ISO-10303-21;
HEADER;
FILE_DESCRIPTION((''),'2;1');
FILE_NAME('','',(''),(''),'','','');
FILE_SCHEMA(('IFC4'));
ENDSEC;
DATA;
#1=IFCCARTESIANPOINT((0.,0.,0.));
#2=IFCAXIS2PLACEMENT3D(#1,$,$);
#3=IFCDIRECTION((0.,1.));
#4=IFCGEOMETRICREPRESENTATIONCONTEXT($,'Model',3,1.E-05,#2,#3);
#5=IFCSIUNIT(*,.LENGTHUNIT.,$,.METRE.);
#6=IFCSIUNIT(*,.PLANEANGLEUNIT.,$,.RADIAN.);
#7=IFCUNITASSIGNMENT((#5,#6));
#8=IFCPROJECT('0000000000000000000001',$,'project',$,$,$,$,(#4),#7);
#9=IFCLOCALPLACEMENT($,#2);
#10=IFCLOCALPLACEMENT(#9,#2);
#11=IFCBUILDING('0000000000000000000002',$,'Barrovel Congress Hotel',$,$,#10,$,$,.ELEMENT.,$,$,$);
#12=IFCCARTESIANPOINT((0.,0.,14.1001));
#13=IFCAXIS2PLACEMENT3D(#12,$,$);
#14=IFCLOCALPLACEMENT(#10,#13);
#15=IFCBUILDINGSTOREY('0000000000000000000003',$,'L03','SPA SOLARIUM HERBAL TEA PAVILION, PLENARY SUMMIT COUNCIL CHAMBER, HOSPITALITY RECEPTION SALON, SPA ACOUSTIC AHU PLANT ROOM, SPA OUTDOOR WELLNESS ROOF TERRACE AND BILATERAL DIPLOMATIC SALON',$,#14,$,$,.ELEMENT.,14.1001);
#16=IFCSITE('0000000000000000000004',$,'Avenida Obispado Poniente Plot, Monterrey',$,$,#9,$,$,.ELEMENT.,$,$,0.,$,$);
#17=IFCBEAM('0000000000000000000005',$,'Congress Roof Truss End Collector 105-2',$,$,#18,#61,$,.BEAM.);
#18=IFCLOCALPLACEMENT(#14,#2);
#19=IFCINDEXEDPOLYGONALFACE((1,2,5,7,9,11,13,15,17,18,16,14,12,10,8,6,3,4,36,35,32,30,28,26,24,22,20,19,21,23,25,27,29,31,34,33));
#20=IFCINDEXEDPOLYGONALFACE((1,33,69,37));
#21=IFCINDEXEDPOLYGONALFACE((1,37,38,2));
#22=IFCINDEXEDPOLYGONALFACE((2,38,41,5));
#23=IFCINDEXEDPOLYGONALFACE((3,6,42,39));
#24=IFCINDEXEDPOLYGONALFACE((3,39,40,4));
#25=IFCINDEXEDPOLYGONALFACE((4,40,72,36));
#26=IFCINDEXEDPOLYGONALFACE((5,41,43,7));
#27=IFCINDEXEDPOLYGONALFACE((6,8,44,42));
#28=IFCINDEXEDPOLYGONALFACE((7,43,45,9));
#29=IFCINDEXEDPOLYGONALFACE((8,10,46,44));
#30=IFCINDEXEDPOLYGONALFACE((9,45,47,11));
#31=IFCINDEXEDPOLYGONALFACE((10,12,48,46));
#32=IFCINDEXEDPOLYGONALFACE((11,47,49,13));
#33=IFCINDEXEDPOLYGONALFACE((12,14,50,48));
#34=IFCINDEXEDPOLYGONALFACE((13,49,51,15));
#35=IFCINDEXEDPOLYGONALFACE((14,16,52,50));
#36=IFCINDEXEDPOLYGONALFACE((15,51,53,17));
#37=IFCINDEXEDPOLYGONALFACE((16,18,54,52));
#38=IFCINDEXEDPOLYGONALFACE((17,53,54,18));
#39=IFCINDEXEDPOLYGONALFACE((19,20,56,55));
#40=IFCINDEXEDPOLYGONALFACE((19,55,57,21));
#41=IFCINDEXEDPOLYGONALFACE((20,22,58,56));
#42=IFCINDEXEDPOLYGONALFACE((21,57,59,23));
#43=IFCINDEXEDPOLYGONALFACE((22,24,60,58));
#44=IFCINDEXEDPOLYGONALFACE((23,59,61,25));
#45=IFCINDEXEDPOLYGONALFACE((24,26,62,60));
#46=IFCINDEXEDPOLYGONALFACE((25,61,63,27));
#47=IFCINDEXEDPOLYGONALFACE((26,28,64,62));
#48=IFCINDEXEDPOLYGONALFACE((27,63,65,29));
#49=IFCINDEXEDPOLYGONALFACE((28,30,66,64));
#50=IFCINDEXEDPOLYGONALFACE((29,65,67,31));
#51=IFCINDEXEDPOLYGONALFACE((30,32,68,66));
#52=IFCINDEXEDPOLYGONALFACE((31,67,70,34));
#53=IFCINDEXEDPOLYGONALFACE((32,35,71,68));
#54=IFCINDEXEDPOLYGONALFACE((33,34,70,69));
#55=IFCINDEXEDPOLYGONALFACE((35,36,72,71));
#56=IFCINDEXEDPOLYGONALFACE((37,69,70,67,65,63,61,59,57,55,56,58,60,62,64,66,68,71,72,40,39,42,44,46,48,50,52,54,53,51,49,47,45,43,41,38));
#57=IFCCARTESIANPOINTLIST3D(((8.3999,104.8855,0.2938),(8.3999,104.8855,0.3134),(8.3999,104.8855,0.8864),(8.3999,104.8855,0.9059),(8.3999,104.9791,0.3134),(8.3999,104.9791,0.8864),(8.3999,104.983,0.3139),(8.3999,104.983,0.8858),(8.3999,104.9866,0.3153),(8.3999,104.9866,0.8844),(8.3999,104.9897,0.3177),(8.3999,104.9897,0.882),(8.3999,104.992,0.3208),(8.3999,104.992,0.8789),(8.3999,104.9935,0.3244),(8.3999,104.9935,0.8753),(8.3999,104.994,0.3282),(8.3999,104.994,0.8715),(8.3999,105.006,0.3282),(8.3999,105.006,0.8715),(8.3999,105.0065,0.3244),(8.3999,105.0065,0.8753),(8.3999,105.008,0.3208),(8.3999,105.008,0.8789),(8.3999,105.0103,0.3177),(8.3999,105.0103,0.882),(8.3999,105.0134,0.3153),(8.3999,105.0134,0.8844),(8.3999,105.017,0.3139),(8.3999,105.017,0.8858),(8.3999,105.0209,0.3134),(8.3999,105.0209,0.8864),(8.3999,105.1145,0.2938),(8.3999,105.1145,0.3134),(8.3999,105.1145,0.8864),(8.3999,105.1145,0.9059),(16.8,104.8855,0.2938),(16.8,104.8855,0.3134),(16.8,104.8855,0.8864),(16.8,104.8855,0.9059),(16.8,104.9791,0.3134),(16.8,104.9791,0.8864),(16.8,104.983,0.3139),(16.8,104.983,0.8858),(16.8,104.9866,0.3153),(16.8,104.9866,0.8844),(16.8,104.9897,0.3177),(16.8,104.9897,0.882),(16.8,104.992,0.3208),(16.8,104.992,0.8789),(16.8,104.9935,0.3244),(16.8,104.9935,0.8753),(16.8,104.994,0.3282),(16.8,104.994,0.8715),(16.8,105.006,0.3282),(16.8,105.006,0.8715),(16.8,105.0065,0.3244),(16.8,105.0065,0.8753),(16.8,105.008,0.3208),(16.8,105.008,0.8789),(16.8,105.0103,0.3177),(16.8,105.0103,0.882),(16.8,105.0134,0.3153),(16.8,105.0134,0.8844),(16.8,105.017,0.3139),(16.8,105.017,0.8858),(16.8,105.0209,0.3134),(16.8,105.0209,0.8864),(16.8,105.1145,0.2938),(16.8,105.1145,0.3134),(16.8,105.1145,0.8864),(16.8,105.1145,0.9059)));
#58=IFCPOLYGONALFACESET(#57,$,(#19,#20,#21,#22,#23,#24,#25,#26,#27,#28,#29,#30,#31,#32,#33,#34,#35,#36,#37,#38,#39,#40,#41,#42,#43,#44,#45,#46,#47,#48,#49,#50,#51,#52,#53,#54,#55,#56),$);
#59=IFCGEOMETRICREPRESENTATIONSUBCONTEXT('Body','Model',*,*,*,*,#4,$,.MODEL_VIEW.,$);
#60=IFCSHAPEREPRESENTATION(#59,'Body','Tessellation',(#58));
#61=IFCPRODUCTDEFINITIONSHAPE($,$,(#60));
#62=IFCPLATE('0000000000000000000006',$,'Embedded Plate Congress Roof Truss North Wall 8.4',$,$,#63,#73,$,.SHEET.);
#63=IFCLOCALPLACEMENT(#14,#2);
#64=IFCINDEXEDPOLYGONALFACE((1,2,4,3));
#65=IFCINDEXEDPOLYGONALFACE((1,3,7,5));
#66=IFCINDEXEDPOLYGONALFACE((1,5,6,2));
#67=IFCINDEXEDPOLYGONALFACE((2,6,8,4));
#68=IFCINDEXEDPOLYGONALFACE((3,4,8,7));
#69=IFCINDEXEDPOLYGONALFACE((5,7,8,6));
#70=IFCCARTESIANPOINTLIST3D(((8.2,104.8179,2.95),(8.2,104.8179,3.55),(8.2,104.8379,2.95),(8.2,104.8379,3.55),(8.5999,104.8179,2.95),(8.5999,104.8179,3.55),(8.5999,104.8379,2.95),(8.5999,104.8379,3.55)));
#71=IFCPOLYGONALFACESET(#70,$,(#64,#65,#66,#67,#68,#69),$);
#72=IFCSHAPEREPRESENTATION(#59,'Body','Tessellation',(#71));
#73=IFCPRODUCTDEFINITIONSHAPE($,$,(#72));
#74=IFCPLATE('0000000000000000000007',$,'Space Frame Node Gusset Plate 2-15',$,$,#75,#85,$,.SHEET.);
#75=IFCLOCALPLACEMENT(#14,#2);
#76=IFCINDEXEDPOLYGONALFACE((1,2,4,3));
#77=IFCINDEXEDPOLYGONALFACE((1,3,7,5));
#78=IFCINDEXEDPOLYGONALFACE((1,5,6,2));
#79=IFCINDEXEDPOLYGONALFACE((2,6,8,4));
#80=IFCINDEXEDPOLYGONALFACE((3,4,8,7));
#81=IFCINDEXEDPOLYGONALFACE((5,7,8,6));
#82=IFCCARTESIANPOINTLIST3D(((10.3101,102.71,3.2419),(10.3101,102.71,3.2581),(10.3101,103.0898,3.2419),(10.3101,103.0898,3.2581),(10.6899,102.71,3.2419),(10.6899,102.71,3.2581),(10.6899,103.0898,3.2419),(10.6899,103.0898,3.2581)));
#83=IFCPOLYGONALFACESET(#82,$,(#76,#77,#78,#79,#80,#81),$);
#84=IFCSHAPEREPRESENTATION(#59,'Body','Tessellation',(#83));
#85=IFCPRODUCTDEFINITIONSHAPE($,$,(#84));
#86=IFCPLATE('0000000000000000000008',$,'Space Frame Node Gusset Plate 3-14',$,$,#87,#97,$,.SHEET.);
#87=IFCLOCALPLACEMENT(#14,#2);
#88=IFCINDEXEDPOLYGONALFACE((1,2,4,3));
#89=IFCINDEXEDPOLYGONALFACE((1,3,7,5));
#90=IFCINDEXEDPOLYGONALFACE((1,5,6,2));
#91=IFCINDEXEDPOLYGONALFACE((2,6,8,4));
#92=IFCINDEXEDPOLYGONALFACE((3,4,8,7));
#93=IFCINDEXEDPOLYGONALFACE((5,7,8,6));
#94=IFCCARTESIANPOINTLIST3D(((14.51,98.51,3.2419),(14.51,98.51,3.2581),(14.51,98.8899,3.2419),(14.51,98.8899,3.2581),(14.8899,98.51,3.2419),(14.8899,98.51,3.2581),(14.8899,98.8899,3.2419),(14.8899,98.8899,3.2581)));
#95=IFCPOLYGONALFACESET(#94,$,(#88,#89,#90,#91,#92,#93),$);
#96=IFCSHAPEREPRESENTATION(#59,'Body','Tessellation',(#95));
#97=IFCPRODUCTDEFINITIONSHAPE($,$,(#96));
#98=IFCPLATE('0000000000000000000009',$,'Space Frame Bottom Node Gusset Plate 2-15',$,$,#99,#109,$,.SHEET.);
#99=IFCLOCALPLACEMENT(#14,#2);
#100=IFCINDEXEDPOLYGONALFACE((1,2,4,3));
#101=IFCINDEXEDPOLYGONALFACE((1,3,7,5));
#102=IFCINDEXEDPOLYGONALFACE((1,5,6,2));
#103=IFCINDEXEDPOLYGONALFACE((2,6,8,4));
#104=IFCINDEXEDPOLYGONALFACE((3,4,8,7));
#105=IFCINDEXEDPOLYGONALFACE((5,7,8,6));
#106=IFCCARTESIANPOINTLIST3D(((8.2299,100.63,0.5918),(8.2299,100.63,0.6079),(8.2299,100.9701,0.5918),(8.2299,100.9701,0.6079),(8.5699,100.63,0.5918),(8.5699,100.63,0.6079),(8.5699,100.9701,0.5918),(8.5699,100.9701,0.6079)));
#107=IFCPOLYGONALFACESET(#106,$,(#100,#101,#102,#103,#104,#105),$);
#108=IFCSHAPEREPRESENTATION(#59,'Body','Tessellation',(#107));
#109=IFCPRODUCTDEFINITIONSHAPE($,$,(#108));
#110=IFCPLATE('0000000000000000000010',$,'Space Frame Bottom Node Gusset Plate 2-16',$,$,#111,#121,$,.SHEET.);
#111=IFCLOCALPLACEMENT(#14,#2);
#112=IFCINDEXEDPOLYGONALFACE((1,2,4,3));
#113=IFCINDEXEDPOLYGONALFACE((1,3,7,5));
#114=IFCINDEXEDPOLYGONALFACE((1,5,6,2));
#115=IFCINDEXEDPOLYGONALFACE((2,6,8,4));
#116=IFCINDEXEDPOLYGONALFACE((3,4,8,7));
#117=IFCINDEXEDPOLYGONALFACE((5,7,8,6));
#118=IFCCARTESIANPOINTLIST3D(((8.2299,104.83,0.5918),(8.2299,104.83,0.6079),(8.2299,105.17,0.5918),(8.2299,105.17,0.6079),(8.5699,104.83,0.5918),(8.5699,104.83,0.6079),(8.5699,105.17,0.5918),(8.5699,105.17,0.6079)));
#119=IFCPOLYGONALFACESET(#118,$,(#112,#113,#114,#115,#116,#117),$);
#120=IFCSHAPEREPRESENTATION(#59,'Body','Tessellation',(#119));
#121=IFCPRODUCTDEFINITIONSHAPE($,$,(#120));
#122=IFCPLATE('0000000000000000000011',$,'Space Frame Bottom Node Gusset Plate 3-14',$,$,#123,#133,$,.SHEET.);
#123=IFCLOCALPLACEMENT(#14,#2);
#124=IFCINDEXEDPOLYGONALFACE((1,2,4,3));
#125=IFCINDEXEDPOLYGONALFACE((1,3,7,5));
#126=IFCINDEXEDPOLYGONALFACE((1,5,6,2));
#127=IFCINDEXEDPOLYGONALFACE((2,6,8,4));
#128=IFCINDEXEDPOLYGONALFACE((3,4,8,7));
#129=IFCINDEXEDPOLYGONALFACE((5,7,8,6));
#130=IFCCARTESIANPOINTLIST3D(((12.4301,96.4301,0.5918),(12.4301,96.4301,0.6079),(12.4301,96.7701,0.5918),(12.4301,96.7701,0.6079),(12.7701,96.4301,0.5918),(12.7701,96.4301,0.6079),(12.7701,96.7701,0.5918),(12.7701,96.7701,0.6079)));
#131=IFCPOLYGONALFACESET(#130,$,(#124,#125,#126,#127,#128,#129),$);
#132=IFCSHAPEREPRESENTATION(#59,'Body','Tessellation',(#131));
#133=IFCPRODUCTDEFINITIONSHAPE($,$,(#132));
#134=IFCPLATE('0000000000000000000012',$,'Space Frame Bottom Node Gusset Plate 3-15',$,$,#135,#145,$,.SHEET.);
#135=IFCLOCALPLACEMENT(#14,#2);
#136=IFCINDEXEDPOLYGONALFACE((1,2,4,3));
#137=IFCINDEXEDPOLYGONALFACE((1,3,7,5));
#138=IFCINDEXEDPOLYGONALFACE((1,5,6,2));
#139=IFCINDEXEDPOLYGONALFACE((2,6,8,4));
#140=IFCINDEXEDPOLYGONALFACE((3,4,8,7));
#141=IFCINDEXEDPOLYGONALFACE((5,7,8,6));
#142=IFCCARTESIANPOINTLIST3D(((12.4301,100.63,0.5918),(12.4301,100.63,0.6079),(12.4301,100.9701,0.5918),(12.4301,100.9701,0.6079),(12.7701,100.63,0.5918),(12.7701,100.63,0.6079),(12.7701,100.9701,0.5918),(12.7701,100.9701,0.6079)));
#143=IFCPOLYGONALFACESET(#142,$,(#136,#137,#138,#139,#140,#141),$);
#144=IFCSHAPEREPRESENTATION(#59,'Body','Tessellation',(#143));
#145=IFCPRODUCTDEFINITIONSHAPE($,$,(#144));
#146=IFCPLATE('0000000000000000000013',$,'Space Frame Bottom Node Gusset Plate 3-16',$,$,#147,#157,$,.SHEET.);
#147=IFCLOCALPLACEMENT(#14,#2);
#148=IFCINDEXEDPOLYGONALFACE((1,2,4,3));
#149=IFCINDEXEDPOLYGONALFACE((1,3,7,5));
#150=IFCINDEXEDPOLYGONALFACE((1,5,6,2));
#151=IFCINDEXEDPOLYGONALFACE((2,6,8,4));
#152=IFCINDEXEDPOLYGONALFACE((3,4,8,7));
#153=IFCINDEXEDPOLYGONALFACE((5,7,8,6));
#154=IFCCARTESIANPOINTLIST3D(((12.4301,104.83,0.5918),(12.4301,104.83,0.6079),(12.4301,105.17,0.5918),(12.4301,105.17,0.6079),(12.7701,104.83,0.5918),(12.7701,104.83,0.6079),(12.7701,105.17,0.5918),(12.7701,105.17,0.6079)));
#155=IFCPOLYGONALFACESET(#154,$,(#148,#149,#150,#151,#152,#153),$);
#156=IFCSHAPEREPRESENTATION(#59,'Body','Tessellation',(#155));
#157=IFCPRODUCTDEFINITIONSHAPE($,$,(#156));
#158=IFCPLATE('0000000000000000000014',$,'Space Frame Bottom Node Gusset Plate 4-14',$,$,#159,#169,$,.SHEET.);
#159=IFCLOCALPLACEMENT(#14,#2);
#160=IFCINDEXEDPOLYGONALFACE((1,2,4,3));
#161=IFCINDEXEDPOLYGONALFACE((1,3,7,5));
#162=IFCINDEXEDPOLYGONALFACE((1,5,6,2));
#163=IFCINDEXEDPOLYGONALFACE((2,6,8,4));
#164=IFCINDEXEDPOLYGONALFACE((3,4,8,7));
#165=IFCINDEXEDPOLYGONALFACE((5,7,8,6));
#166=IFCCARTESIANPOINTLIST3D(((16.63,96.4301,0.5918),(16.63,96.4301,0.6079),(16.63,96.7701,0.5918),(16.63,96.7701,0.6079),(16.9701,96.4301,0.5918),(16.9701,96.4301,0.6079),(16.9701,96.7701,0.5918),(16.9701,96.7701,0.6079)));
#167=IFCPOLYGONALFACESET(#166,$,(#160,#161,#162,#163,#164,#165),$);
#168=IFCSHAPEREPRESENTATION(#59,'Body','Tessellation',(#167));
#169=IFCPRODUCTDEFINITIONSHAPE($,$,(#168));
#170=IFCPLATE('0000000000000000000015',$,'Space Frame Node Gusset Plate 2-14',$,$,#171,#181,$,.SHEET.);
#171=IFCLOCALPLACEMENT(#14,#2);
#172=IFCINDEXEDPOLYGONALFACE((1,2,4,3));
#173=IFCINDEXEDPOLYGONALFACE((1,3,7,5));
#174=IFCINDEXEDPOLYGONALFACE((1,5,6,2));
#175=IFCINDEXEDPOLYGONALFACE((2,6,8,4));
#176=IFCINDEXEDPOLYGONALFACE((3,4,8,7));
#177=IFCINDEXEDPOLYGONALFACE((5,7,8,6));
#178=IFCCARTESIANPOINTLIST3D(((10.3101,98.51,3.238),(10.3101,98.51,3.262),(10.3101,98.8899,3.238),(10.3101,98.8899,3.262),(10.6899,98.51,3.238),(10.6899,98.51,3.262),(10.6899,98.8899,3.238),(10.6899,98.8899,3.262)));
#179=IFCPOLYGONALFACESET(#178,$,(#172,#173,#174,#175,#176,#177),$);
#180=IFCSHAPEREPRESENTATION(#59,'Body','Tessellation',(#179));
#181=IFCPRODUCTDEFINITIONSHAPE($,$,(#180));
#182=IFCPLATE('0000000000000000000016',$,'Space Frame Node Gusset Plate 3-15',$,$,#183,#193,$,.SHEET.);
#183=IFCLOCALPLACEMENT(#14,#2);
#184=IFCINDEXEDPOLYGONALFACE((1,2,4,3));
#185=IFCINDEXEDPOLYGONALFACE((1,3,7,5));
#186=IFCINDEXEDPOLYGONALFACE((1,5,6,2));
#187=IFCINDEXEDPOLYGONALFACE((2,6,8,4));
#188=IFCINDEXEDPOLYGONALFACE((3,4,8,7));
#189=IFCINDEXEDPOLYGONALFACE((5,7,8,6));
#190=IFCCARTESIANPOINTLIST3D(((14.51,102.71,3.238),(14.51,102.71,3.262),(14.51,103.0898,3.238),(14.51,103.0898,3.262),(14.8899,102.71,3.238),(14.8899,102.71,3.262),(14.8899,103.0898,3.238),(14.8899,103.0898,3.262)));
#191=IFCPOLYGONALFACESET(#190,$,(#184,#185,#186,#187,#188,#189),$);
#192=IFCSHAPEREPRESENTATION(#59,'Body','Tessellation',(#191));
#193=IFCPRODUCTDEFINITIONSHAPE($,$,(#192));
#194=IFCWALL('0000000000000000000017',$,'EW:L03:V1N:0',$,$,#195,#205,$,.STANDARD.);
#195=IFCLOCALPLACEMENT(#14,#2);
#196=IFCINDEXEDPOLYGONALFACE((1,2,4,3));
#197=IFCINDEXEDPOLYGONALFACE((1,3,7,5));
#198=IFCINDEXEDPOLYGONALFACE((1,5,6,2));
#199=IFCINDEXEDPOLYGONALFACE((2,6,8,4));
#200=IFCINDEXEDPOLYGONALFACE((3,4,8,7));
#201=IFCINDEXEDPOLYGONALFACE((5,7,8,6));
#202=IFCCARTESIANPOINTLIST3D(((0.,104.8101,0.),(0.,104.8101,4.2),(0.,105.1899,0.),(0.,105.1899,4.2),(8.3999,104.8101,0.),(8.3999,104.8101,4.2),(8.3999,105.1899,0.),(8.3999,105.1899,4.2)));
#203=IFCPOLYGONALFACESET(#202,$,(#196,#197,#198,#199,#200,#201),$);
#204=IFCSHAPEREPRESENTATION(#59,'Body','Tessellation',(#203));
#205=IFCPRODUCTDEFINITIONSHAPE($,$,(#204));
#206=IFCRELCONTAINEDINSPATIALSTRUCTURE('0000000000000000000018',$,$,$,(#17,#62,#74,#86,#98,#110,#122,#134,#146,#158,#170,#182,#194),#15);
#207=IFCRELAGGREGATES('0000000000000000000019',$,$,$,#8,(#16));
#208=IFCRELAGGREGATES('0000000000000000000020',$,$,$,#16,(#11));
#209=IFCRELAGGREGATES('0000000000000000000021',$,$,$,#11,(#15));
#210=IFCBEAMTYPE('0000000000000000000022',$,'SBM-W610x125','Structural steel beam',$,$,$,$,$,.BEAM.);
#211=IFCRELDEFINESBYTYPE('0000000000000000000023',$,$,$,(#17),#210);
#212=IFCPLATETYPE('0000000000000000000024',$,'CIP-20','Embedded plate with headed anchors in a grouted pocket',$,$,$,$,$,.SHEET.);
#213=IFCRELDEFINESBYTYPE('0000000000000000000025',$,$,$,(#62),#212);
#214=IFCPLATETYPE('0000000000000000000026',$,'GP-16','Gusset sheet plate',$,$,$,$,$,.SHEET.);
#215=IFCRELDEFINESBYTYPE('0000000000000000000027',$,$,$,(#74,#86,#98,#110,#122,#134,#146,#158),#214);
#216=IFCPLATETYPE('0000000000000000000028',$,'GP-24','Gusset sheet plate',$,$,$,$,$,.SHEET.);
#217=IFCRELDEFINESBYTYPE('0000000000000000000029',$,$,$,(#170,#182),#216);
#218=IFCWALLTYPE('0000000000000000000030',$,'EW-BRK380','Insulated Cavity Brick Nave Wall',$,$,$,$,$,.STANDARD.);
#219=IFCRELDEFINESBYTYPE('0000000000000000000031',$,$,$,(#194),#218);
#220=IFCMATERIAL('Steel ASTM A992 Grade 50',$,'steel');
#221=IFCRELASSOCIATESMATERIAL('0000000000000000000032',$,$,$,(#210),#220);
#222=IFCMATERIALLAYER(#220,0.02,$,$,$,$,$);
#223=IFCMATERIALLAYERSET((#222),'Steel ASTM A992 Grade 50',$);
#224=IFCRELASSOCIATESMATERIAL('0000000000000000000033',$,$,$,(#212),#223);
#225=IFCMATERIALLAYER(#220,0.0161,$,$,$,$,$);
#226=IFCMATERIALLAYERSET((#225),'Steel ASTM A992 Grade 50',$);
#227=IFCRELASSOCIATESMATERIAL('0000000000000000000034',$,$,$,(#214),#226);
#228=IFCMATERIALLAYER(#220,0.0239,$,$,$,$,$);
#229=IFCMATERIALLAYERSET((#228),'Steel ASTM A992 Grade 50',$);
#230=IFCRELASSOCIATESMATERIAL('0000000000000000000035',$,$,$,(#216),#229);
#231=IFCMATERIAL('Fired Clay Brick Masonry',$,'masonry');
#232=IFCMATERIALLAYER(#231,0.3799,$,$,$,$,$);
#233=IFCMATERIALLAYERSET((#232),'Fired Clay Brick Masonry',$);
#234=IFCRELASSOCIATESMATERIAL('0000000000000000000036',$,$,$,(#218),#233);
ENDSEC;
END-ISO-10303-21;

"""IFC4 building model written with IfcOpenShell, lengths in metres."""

from ifc_helpers import new_model, si_unit, direction, frame, frame_2d, origin, origin_2d, place, context, subcontext, project, spatial, rectangle, i_section, extrude, material, layer, layer_set, material_profile, profile_set, type_object, element, save


model = new_model("IFC4")

# Units and contexts
model_context = context("Model", 3, precision=1e-05, world=origin(), true_north=direction((0.0, 1.0)))
body_context = subcontext(model_context, "Body", "Model", "MODEL_VIEW")
ifc_project = project(units=[si_unit("LENGTHUNIT", "METRE"), si_unit("PLANEANGLEUNIT", "RADIAN")], contexts=[model_context])

# Site, building, storey
site_placement = place(None, origin())
site = spatial("IfcSite", under=ifc_project, at=site_placement, Name="Avenida Obispado Poniente Plot, Monterrey", CompositionType="ELEMENT", RefElevation=0.0)
building_placement = place(site_placement, origin())
building = spatial("IfcBuilding", under=site, at=building_placement, Name="Barrovel Congress Hotel", CompositionType="ELEMENT")
storey_placement = place(building_placement, frame((0.0, 0.0, 14.1001)))
storey = spatial("IfcBuildingStorey", under=building, at=storey_placement, Name="L03", Description="SPA SOLARIUM HERBAL TEA PAVILION, PLENARY SUMMIT COUNCIL CHAMBER, HOSPITALITY RECEPTION SALON, SPA ACOUSTIC AHU PLANT ROOM, SPA OUTDOOR WELLNESS ROOF TERRACE AND BILATERAL DIPLOMATIC SALON", CompositionType="ELEMENT", Elevation=14.1001)

# Beam
ifc_material_1 = material(Name="Steel ASTM A992 Grade 50", Category="steel")
ifc_material_profile_1 = material_profile(ifc_material_1, i_section(OverallWidth=0.229, OverallDepth=0.6121, WebThickness=0.012, FlangeThickness=0.0195, FilletRadius=0.0149, at=origin_2d()), Name="W610x125")
ifc_profile_set_1 = profile_set([ifc_material_profile_1], Name="Steel ASTM A992 Grade 50")
beam_type_1 = type_object("IfcBeamType", Name="SBM-W610x125", Description="Structural steel beam", PredefinedType="BEAM", material=ifc_profile_set_1)
beam_1_placement = place(storey_placement, frame((8.3999, 105.0, 0.5999), z_axis=(1.0, 0.0, 0.0), x_axis=(0.0, 1.0, 0.0)))
element("IfcBeam", 1, at=beam_1_placement, inside=storey, type_object=beam_type_1, Name="Congress Roof Truss End Collector 105-2", PredefinedType="BEAM", context=body_context, shape_type="SweptSolid", body=[
    extrude(i_section(OverallWidth=0.229, OverallDepth=0.6121, WebThickness=0.012, FlangeThickness=0.0195, FilletRadius=0.0149, at=origin_2d()), origin(), (0.0, 0.0, 1.0), 8.4001),
])

# Plates
ifc_layer_1 = layer(ifc_material_1, 0.02)
ifc_layer_set_1 = layer_set([ifc_layer_1], Name="Steel ASTM A992 Grade 50")
plate_type_1 = type_object("IfcPlateType", Name="CIP-20", Description="Embedded plate with headed anchors in a grouted pocket", PredefinedType="SHEET", material=ifc_layer_set_1)
plate_placement = place(storey_placement, frame((8.3999, 104.8279, 2.95), z_axis=(0.0, 0.0, 1.0), x_axis=(1.0, 0.0, 0.0)))
element("IfcPlate", 2, at=plate_placement, inside=storey, type_object=plate_type_1, Name="Embedded Plate Congress Roof Truss North Wall 8.4", PredefinedType="SHEET", context=body_context, shape_type="SweptSolid", body=[
    extrude(rectangle(XDim=0.3999, YDim=0.02, at=origin_2d()), origin(), (0.0, 0.0, 1.0), 0.6001),
])
ifc_layer_2 = layer(ifc_material_1, 0.0161)
ifc_layer_set_2 = layer_set([ifc_layer_2], Name="Steel ASTM A992 Grade 50")
plate_type_2 = type_object("IfcPlateType", Name="GP-16", Description="Gusset sheet plate", PredefinedType="SHEET", material=ifc_layer_set_2)
for number, where, z_axis, x_axis, name in (
    (3, (10.5, 102.8999, 3.2419), (0.0, 0.0, 1.0), (1.0, 0.0, 0.0), "Space Frame Node Gusset Plate 2-15"),
    (4, (14.7, 98.7, 3.2419), (0.0, 0.0, 1.0), (1.0, 0.0, 0.0), "Space Frame Node Gusset Plate 3-14"),
):
    element("IfcPlate", number, at=place(storey_placement, frame(where, z_axis=z_axis, x_axis=x_axis)), inside=storey, type_object=plate_type_2, Name=name, PredefinedType="SHEET", context=body_context, shape_type="SweptSolid", body=[
        extrude(rectangle(XDim=0.3799, YDim=0.3799, at=origin_2d()), origin(), (0.0, 0.0, 1.0), 0.0161),
    ])
for number, where, z_axis, x_axis, name in (
    (5, (8.3999, 100.8, 0.5918), (0.0, 0.0, 1.0), (1.0, 0.0, 0.0), "Space Frame Bottom Node Gusset Plate 2-15"),
    (6, (8.3999, 105.0, 0.5918), (0.0, 0.0, 1.0), (1.0, 0.0, 0.0), "Space Frame Bottom Node Gusset Plate 2-16"),
    (7, (12.6001, 96.6001, 0.5918), (0.0, 0.0, 1.0), (1.0, 0.0, 0.0), "Space Frame Bottom Node Gusset Plate 3-14"),
    (8, (12.6001, 100.8, 0.5918), (0.0, 0.0, 1.0), (1.0, 0.0, 0.0), "Space Frame Bottom Node Gusset Plate 3-15"),
    (9, (12.6001, 105.0, 0.5918), (0.0, 0.0, 1.0), (1.0, 0.0, 0.0), "Space Frame Bottom Node Gusset Plate 3-16"),
    (10, (16.8, 96.6001, 0.5918), (0.0, 0.0, 1.0), (1.0, 0.0, 0.0), "Space Frame Bottom Node Gusset Plate 4-14"),
):
    element("IfcPlate", number, at=place(storey_placement, frame(where, z_axis=z_axis, x_axis=x_axis)), inside=storey, type_object=plate_type_2, Name=name, PredefinedType="SHEET", context=body_context, shape_type="SweptSolid", body=[
        extrude(rectangle(XDim=0.3401, YDim=0.3401, at=origin_2d()), origin(), (0.0, 0.0, 1.0), 0.0161),
    ])
ifc_layer_3 = layer(ifc_material_1, 0.0239)
ifc_layer_set_3 = layer_set([ifc_layer_3], Name="Steel ASTM A992 Grade 50")
plate_type_3 = type_object("IfcPlateType", Name="GP-24", Description="Gusset sheet plate", PredefinedType="SHEET", material=ifc_layer_set_3)
for number, where, z_axis, x_axis, name in (
    (11, (10.5, 98.7, 3.238), (0.0, 0.0, 1.0), (1.0, 0.0, 0.0), "Space Frame Node Gusset Plate 2-14"),
    (12, (14.7, 102.8999, 3.238), (0.0, 0.0, 1.0), (1.0, 0.0, 0.0), "Space Frame Node Gusset Plate 3-15"),
):
    element("IfcPlate", number, at=place(storey_placement, frame(where, z_axis=z_axis, x_axis=x_axis)), inside=storey, type_object=plate_type_3, Name=name, PredefinedType="SHEET", context=body_context, shape_type="SweptSolid", body=[
        extrude(rectangle(XDim=0.3799, YDim=0.3799, at=origin_2d()), origin(), (0.0, 0.0, 1.0), 0.0239),
    ])

# Wall
ifc_material_2 = material(Name="Fired Clay Brick Masonry", Category="masonry")
ifc_layer_4 = layer(ifc_material_2, 0.3799)
ifc_layer_set_4 = layer_set([ifc_layer_4], Name="Fired Clay Brick Masonry")
wall_type = type_object("IfcWallType", Name="EW-BRK380", Description="Insulated Cavity Brick Nave Wall", PredefinedType="STANDARD", material=ifc_layer_set_4)
wall_placement = place(storey_placement, frame((8.3999, 105.0, 0.0), z_axis=(0.0, 0.0, 1.0), x_axis=(-1.0, 0.0, 0.0)))
element("IfcWall", 13, at=wall_placement, inside=storey, type_object=wall_type, Name="EW:L03:V1N:0", PredefinedType="STANDARD", context=body_context, shape_type="SweptSolid", body=[
    extrude(rectangle(XDim=8.3999, YDim=0.3799, at=frame_2d((4.2, 0.0))), origin(), (0.0, 0.0, 1.0), 4.2),
])

save(model, "model.ifc")
